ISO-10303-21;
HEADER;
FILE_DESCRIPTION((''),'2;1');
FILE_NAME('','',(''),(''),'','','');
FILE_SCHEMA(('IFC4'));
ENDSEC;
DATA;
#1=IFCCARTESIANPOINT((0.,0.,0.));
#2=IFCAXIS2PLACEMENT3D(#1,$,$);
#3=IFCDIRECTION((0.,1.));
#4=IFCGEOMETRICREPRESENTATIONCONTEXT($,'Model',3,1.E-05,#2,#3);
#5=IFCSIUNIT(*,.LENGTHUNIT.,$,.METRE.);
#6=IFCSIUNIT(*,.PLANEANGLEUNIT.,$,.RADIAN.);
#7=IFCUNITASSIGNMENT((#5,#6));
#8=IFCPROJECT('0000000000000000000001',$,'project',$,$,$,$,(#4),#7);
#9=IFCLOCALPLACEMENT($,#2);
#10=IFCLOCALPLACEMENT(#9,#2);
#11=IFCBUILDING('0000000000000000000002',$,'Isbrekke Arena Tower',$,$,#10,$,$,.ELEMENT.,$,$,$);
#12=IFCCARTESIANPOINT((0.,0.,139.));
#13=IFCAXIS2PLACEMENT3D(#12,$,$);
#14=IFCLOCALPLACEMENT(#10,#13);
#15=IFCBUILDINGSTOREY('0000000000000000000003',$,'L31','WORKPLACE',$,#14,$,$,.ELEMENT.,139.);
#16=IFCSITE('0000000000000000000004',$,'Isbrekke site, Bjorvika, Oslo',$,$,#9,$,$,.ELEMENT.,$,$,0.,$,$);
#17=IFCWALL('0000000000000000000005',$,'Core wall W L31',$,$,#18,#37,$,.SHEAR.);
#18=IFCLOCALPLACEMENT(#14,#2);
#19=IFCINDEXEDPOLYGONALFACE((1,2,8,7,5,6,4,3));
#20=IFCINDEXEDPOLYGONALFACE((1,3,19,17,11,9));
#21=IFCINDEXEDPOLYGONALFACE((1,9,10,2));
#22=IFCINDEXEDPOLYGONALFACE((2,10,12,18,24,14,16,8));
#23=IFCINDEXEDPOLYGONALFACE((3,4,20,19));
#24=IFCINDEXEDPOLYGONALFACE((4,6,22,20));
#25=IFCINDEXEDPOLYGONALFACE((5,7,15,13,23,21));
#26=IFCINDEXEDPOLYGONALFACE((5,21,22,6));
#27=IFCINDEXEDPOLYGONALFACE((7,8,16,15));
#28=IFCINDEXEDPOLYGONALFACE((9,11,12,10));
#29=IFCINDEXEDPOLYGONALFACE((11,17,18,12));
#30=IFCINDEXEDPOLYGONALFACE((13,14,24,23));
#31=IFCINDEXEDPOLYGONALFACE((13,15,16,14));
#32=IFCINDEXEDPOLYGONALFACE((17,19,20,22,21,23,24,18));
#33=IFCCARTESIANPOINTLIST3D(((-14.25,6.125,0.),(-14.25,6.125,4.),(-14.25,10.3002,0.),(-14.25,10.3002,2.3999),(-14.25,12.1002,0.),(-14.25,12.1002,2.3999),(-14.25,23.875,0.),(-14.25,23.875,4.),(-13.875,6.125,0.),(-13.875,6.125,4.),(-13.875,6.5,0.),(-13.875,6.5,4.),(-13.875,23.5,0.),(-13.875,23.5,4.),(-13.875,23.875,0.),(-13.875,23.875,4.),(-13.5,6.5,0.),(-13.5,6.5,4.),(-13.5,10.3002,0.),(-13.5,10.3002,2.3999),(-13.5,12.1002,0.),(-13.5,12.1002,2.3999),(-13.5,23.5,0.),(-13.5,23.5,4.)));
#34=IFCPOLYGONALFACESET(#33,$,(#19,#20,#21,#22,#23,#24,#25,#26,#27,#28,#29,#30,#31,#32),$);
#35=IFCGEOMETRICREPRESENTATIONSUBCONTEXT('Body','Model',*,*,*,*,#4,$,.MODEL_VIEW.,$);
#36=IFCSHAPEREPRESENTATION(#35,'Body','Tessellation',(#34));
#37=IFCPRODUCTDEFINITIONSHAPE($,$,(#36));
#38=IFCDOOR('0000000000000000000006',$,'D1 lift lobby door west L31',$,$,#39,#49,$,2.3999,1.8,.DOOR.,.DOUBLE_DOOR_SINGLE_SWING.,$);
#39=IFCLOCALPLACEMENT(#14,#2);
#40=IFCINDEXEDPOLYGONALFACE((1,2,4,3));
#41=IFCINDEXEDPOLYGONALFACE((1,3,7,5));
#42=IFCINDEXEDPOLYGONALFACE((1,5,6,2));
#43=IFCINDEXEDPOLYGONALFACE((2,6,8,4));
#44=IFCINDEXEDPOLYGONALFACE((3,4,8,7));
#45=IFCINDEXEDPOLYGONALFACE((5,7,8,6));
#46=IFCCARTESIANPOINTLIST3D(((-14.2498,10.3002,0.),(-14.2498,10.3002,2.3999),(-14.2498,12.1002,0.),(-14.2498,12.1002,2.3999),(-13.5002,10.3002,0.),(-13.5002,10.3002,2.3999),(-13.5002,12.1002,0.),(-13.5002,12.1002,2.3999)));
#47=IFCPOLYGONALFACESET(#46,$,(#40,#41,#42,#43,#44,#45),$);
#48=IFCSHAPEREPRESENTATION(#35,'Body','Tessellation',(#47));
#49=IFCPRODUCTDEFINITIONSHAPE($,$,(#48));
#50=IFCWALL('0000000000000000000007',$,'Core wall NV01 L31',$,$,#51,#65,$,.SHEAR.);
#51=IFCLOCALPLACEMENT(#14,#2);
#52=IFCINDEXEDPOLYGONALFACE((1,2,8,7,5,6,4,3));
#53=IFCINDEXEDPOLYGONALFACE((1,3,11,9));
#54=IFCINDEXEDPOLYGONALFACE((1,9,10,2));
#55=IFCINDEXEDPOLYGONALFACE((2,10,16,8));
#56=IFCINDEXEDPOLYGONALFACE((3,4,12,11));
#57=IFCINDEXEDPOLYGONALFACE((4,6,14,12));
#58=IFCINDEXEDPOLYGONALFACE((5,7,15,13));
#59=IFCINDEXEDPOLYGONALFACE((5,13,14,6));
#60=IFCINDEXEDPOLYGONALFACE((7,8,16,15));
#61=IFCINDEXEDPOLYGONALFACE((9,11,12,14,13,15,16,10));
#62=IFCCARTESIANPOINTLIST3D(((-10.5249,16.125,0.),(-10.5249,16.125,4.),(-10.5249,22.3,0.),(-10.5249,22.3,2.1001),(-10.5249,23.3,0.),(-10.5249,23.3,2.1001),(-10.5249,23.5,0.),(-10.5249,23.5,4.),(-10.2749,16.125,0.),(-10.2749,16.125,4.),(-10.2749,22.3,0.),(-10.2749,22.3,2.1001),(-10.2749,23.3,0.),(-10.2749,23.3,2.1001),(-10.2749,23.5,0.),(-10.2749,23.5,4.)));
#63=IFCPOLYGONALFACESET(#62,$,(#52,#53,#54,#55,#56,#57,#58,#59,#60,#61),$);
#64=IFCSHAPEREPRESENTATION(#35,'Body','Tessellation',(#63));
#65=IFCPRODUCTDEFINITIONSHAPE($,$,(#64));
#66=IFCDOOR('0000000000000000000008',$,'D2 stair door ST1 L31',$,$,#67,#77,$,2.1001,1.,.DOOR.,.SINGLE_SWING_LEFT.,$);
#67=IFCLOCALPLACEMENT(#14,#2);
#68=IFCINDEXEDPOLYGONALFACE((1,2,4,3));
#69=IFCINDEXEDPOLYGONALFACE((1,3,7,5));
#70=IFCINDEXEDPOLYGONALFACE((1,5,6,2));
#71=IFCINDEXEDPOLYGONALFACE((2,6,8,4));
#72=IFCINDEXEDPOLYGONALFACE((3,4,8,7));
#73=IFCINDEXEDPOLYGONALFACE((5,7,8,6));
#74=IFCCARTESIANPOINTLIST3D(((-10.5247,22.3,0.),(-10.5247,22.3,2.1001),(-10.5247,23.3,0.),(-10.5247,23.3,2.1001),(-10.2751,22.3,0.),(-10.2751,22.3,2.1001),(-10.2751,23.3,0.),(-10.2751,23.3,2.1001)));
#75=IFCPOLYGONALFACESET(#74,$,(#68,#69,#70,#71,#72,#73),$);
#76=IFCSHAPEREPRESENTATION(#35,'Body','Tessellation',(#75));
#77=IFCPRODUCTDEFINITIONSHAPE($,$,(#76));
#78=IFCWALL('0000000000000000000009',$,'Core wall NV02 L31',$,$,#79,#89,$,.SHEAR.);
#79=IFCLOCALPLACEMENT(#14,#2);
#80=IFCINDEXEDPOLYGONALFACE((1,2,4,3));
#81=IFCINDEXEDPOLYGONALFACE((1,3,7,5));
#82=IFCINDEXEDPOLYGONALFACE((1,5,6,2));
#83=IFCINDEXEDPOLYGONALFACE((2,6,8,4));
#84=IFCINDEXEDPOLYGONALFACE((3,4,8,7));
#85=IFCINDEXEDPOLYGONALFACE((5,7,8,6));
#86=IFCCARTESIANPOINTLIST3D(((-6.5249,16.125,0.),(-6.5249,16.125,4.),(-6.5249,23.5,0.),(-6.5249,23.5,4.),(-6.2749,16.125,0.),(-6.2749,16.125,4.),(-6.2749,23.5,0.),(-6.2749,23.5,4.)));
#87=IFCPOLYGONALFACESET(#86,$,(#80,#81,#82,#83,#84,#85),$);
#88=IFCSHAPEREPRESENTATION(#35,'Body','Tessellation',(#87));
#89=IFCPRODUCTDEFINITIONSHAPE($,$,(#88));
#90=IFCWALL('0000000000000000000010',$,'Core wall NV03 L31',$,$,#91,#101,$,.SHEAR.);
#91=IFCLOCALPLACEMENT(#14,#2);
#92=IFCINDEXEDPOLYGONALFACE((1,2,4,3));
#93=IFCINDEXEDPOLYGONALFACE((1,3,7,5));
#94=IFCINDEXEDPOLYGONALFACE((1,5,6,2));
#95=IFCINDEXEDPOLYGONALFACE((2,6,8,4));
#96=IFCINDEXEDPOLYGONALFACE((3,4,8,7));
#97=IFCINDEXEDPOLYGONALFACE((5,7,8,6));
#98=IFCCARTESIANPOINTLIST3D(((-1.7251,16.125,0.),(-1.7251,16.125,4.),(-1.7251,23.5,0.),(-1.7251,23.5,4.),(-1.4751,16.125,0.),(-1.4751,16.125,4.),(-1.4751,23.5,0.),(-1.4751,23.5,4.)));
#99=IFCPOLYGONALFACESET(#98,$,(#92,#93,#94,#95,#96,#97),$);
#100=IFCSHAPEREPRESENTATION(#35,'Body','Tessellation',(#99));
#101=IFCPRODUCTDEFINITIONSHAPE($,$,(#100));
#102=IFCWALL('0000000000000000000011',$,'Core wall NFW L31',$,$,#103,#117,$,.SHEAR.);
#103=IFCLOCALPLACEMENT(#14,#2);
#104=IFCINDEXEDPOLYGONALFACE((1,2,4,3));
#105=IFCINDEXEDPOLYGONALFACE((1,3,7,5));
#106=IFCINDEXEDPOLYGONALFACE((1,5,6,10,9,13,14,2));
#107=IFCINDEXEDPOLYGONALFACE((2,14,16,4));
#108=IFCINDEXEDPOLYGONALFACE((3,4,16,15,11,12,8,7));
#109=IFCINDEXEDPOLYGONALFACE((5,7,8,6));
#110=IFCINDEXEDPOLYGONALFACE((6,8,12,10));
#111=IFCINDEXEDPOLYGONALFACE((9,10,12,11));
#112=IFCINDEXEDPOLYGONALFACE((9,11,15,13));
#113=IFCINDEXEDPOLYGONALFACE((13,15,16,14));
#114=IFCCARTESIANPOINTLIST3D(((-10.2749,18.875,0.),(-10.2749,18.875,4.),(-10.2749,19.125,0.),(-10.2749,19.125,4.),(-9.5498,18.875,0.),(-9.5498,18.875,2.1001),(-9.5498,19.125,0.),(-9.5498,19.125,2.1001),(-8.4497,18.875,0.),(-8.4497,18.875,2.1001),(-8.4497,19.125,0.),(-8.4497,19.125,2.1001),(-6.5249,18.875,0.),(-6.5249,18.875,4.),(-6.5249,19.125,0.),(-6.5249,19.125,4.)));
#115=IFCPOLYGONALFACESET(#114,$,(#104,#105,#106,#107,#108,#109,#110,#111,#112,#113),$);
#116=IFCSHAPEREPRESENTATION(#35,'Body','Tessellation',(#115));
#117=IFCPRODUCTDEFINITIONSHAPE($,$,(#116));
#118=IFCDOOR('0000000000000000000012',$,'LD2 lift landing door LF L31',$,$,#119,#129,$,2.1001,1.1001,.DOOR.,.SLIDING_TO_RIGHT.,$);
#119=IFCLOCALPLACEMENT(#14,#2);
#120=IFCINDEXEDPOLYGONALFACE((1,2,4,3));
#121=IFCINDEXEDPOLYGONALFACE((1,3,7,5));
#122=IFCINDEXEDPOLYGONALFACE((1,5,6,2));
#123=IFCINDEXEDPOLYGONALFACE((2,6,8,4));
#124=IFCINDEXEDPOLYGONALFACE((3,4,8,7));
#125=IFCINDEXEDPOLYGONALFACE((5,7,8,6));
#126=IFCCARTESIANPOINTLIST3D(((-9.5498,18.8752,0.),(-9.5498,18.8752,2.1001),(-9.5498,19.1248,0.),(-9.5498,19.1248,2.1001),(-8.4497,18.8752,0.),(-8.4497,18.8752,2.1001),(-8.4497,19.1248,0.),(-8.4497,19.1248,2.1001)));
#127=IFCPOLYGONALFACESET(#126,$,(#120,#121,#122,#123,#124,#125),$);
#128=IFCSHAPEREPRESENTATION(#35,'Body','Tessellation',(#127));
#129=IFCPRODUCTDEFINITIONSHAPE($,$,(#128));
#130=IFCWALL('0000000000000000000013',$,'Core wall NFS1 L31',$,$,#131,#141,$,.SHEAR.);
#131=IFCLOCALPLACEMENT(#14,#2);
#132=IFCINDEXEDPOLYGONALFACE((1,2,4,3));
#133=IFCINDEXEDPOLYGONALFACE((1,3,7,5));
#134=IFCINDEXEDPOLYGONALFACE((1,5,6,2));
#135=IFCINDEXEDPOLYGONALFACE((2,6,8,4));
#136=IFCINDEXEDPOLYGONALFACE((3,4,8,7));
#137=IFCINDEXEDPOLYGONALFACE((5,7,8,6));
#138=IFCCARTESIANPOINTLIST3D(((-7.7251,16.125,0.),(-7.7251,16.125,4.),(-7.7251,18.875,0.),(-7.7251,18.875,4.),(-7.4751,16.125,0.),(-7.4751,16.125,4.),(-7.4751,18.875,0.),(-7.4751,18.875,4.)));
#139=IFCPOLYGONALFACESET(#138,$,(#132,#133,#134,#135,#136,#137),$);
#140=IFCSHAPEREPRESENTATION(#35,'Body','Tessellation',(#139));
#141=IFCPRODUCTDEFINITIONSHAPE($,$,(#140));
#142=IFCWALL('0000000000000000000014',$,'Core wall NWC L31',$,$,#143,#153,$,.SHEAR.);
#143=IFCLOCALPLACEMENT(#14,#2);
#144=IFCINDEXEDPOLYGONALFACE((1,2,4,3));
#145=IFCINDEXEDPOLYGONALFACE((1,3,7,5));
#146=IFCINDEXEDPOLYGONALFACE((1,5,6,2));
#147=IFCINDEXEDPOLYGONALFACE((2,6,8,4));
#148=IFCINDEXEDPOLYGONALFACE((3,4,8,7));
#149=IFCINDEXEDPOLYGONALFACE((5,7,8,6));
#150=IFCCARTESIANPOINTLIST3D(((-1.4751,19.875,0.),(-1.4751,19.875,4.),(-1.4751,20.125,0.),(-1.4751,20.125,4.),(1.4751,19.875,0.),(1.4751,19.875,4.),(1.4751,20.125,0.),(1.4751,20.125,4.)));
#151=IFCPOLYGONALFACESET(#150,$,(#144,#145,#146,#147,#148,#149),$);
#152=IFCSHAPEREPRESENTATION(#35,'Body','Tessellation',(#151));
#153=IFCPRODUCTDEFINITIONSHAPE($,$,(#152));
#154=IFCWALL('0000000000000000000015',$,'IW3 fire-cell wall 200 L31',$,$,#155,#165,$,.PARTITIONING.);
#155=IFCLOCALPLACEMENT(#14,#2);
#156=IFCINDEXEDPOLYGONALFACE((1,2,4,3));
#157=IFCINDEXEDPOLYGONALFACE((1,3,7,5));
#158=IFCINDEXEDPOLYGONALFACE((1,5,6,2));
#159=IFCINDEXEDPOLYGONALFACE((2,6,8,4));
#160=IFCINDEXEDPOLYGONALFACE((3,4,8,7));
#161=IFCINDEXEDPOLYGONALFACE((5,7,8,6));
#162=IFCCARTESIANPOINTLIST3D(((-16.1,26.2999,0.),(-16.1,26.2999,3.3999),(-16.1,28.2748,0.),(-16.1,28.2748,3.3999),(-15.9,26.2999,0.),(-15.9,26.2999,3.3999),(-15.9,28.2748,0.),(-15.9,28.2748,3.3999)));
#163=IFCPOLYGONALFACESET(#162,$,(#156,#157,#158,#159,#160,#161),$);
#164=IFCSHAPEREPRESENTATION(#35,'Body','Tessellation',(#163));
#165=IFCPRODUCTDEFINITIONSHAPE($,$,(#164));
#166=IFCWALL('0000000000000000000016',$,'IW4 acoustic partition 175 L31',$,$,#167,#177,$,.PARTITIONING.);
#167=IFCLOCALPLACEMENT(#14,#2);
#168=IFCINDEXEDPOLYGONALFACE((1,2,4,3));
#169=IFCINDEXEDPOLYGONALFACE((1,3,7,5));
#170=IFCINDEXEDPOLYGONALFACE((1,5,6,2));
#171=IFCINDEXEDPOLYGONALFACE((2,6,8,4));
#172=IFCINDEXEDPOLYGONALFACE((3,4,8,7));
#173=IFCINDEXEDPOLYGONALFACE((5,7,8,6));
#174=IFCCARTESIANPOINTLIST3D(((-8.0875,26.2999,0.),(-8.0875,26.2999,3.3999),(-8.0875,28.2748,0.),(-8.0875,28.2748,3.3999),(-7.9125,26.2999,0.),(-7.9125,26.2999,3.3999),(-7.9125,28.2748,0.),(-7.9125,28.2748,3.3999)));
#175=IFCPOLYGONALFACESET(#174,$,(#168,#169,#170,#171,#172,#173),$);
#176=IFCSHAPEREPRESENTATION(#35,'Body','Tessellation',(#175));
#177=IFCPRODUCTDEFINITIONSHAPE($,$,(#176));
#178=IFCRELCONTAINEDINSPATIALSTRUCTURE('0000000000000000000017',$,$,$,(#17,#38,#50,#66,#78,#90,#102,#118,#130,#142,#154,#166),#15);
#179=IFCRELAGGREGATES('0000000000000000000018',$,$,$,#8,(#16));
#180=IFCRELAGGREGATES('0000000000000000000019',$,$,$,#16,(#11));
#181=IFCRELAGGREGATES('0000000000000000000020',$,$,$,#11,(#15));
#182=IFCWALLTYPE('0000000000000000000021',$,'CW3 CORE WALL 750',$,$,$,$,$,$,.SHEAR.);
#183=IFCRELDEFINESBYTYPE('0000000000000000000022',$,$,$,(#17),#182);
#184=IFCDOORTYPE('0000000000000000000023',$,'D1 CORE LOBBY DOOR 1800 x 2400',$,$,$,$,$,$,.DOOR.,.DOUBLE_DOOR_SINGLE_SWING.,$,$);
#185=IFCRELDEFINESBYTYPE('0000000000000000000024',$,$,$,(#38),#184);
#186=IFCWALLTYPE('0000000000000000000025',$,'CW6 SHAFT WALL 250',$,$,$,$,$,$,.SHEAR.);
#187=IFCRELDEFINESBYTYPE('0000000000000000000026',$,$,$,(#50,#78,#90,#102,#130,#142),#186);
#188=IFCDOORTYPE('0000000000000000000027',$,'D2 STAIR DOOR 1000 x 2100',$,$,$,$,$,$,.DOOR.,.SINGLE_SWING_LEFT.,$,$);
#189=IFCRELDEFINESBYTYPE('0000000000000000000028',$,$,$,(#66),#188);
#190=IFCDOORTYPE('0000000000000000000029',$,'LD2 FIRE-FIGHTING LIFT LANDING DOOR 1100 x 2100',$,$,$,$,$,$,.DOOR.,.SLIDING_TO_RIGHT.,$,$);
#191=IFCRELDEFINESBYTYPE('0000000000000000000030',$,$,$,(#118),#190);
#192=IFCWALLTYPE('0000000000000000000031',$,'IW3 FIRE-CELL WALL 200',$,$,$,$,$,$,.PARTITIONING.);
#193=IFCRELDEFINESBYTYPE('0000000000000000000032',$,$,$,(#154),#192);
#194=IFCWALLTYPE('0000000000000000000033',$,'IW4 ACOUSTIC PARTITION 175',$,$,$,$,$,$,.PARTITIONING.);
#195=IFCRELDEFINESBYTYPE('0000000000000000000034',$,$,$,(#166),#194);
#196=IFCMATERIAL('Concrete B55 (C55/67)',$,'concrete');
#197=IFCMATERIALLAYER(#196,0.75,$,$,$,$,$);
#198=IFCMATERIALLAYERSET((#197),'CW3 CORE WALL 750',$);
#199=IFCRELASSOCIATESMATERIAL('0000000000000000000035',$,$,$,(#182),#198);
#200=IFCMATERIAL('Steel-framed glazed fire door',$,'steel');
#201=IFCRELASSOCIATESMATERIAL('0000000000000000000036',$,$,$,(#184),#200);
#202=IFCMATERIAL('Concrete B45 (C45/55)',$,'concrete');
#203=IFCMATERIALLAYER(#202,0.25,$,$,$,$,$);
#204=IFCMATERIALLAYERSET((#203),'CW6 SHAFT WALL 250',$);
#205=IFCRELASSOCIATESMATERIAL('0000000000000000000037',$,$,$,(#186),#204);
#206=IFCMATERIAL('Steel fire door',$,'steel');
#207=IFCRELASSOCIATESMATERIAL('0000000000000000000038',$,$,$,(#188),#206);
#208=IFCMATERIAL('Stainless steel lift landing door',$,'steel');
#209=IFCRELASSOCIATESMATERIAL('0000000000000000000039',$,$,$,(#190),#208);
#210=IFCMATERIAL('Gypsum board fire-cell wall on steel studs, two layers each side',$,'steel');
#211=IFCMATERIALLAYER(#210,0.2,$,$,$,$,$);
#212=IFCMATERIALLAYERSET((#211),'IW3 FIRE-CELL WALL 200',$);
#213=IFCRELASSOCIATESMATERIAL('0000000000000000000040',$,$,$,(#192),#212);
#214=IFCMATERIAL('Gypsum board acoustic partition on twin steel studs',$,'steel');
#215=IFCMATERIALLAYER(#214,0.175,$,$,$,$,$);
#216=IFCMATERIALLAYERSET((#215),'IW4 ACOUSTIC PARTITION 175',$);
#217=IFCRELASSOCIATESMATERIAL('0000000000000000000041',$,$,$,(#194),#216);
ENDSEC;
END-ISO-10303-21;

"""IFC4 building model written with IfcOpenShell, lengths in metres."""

from ifc_helpers import new_model, si_unit, direction, frame, frame_2d, origin, place, context, subcontext, project, spatial, polyline, rectangle, outline, extrude, material, layer, layer_set, type_object, element, fill, save


model = new_model("IFC4")

# Units and contexts
model_context = context("Model", 3, precision=1e-05, world=origin(), true_north=direction((0.0, 1.0)))
body_context = subcontext(model_context, "Body", "Model", "MODEL_VIEW")
ifc_project = project(units=[si_unit("LENGTHUNIT", "METRE"), si_unit("PLANEANGLEUNIT", "RADIAN")], contexts=[model_context])

# Site, building, storey
site_placement = place(None, origin())
site = spatial("IfcSite", under=ifc_project, at=site_placement, Name="Isbrekke site, Bjorvika, Oslo", CompositionType="ELEMENT", RefElevation=0.0)
building_placement = place(site_placement, origin())
building = spatial("IfcBuilding", under=site, at=building_placement, Name="Isbrekke Arena Tower", CompositionType="ELEMENT")
storey_placement = place(building_placement, frame((0.0, 0.0, 139.0)))
storey = spatial("IfcBuildingStorey", under=building, at=storey_placement, Name="L31", Description="WORKPLACE", CompositionType="ELEMENT", Elevation=139.0)

# Walls, openings, doors
ifc_material_1 = material(Name="Concrete B55 (C55/67)", Category="concrete")
ifc_layer_1 = layer(ifc_material_1, 0.75)
ifc_layer_set_1 = layer_set([ifc_layer_1], Name="CW3 CORE WALL 750")
wall_type_1 = type_object("IfcWallType", Name="CW3 CORE WALL 750", PredefinedType="SHEAR", material=ifc_layer_set_1)
wall_1_placement = place(storey_placement, frame((-13.875, 23.875, 0.0), z_axis=(0.0, 0.0, 1.0), x_axis=(0.0, -1.0, 0.0)))
wall_1 = element("IfcWall", 1, at=wall_1_placement, inside=storey, type_object=wall_type_1, Name="Core wall W L31", PredefinedType="SHEAR", context=body_context, shape_type="SweptSolid", body=[
    extrude(outline(polyline([(0.0, -0.375), (17.75, -0.375), (17.75, 0.0), (17.375, 0.0), (17.375, 0.375), (0.375, 0.375), (0.375, 0.0), (0.0, 0.0), (0.0, -0.375)])), origin(), (0.0, 0.0, 1.0), 4.0),
])
opening_1_placement = place(wall_1_placement, frame((11.7749, 0.0, 0.0)))
opening_1 = element("IfcOpeningElement", 2, at=opening_1_placement, cuts=wall_1, PredefinedType="OPENING", context=body_context, shape_type="SweptSolid", body=[
    extrude(rectangle(XDim=1.8, YDim=2.3999, at=frame_2d((0.8999, 1.2))), frame((0.0, 0.3899, 0.0), z_axis=(0.0, -1.0, 0.0), x_axis=(1.0, 0.0, 0.0)), (0.0, 0.0, 1.0), 0.7798),
])
ifc_material_2 = material(Name="Steel-framed glazed fire door", Category="steel")
door_type_1 = type_object("IfcDoorType", Name="D1 CORE LOBBY DOOR 1800 x 2400", OperationType="DOUBLE_DOOR_SINGLE_SWING", PredefinedType="DOOR", material=ifc_material_2)
door_1_placement = place(opening_1_placement, origin())
door_1 = element("IfcDoor", 3, at=door_1_placement, inside=storey, type_object=door_type_1, Name="D1 lift lobby door west L31", OperationType="DOUBLE_DOOR_SINGLE_SWING", OverallHeight=2.3999, OverallWidth=1.8, PredefinedType="DOOR", context=body_context, shape_type="SweptSolid", body=[
    extrude(rectangle(XDim=1.8, YDim=2.3999, at=frame_2d((0.8999, 1.2))), frame((0.0, 0.3748, 0.0), z_axis=(0.0, -1.0, 0.0), x_axis=(1.0, 0.0, 0.0)), (0.0, 0.0, 1.0), 0.7495),
])
fill(opening_1, door_1)
ifc_material_3 = material(Name="Concrete B45 (C45/55)", Category="concrete")
ifc_layer_2 = layer(ifc_material_3, 0.25)
ifc_layer_set_2 = layer_set([ifc_layer_2], Name="CW6 SHAFT WALL 250")
wall_type_2 = type_object("IfcWallType", Name="CW6 SHAFT WALL 250", PredefinedType="SHEAR", material=ifc_layer_set_2)
wall_2_placement = place(storey_placement, frame((-10.3999, 16.125, 0.0), z_axis=(0.0, 0.0, 1.0), x_axis=(0.0, 1.0, 0.0)))
wall_2 = element("IfcWall", 4, at=wall_2_placement, inside=storey, type_object=wall_type_2, Name="Core wall NV01 L31", PredefinedType="SHEAR", context=body_context, shape_type="SweptSolid", body=[
    extrude(rectangle(XDim=7.375, YDim=0.25, at=frame_2d((3.6875, 0.0))), origin(), (0.0, 0.0, 1.0), 4.0),
])
opening_2_placement = place(wall_2_placement, frame((6.175, 0.0, 0.0)))
opening_2 = element("IfcOpeningElement", 5, at=opening_2_placement, cuts=wall_2, PredefinedType="OPENING", context=body_context, shape_type="SweptSolid", body=[
    extrude(rectangle(XDim=1.0, YDim=2.1001, at=frame_2d((0.5, 1.05))), frame((0.0, 0.1399, 0.0), z_axis=(0.0, -1.0, 0.0), x_axis=(1.0, 0.0, 0.0)), (0.0, 0.0, 1.0), 0.2798),
])
ifc_material_4 = material(Name="Steel fire door", Category="steel")
door_type_2 = type_object("IfcDoorType", Name="D2 STAIR DOOR 1000 x 2100", OperationType="SINGLE_SWING_LEFT", PredefinedType="DOOR", material=ifc_material_4)
door_2_placement = place(opening_2_placement, origin())
door_2 = element("IfcDoor", 6, at=door_2_placement, inside=storey, type_object=door_type_2, Name="D2 stair door ST1 L31", OperationType="SINGLE_SWING_LEFT", OverallHeight=2.1001, OverallWidth=1.0, PredefinedType="DOOR", context=body_context, shape_type="SweptSolid", body=[
    extrude(rectangle(XDim=1.0, YDim=2.1001, at=frame_2d((0.5, 1.05))), frame((0.0, 0.1248, 0.0), z_axis=(0.0, -1.0, 0.0), x_axis=(1.0, 0.0, 0.0)), (0.0, 0.0, 1.0), 0.2495),
])
fill(opening_2, door_2)

# Walls
for number, where, z_axis, x_axis, name in (
    (7, (-6.3999, 16.125, 0.0), (0.0, 0.0, 1.0), (0.0, 1.0, 0.0), "Core wall NV02 L31"),
    (8, (-1.6001, 16.125, 0.0), (0.0, 0.0, 1.0), (0.0, 1.0, 0.0), "Core wall NV03 L31"),
):
    element("IfcWall", number, at=place(storey_placement, frame(where, z_axis=z_axis, x_axis=x_axis)), inside=storey, type_object=wall_type_2, Name=name, PredefinedType="SHEAR", context=body_context, shape_type="SweptSolid", body=[
        extrude(rectangle(XDim=7.375, YDim=0.25, at=frame_2d((3.6875, 0.0))), origin(), (0.0, 0.0, 1.0), 4.0),
    ])

# Wall, opening, door
wall_3_placement = place(storey_placement, frame((-10.2749, 19.0, 0.0), z_axis=(0.0, 0.0, 1.0), x_axis=(1.0, 0.0, 0.0)))
wall_3 = element("IfcWall", 9, at=wall_3_placement, inside=storey, type_object=wall_type_2, Name="Core wall NFW L31", PredefinedType="SHEAR", context=body_context, shape_type="SweptSolid", body=[
    extrude(rectangle(XDim=3.75, YDim=0.25, at=frame_2d((1.875, 0.0))), origin(), (0.0, 0.0, 1.0), 4.0),
])
opening_3_placement = place(wall_3_placement, frame((0.7251, 0.0, 0.0)))
opening_3 = element("IfcOpeningElement", 10, at=opening_3_placement, cuts=wall_3, PredefinedType="OPENING", context=body_context, shape_type="SweptSolid", body=[
    extrude(rectangle(XDim=1.1001, YDim=2.1001, at=frame_2d((0.55, 1.05))), frame((0.0, 0.1399, 0.0), z_axis=(0.0, -1.0, 0.0), x_axis=(1.0, 0.0, 0.0)), (0.0, 0.0, 1.0), 0.2798),
])
ifc_material_5 = material(Name="Stainless steel lift landing door", Category="steel")
door_type_3 = type_object("IfcDoorType", Name="LD2 FIRE-FIGHTING LIFT LANDING DOOR 1100 x 2100", OperationType="SLIDING_TO_RIGHT", PredefinedType="DOOR", material=ifc_material_5)
door_3_placement = place(opening_3_placement, origin())
door_3 = element("IfcDoor", 11, at=door_3_placement, inside=storey, type_object=door_type_3, Name="LD2 lift landing door LF L31", OperationType="SLIDING_TO_RIGHT", OverallHeight=2.1001, OverallWidth=1.1001, PredefinedType="DOOR", context=body_context, shape_type="SweptSolid", body=[
    extrude(rectangle(XDim=1.1001, YDim=2.1001, at=frame_2d((0.55, 1.05))), frame((0.0, 0.1248, 0.0), z_axis=(0.0, -1.0, 0.0), x_axis=(1.0, 0.0, 0.0)), (0.0, 0.0, 1.0), 0.2495),
])
fill(opening_3, door_3)

# Walls
wall_4_placement = place(storey_placement, frame((-7.6001, 16.125, 0.0), z_axis=(0.0, 0.0, 1.0), x_axis=(0.0, 1.0, 0.0)))
element("IfcWall", 12, at=wall_4_placement, inside=storey, type_object=wall_type_2, Name="Core wall NFS1 L31", PredefinedType="SHEAR", context=body_context, shape_type="SweptSolid", body=[
    extrude(rectangle(XDim=2.75, YDim=0.25, at=frame_2d((1.375, 0.0))), origin(), (0.0, 0.0, 1.0), 4.0),
])
wall_5_placement = place(storey_placement, frame((-1.4751, 20.0, 0.0), z_axis=(0.0, 0.0, 1.0), x_axis=(1.0, 0.0, 0.0)))
element("IfcWall", 13, at=wall_5_placement, inside=storey, type_object=wall_type_2, Name="Core wall NWC L31", PredefinedType="SHEAR", context=body_context, shape_type="SweptSolid", body=[
    extrude(rectangle(XDim=2.9502, YDim=0.25, at=frame_2d((1.4751, 0.0))), origin(), (0.0, 0.0, 1.0), 4.0),
])
ifc_material_6 = material(Name="Gypsum board fire-cell wall on steel studs, two layers each side", Category="steel")
ifc_layer_3 = layer(ifc_material_6, 0.2)
ifc_layer_set_3 = layer_set([ifc_layer_3], Name="IW3 FIRE-CELL WALL 200")
wall_type_3 = type_object("IfcWallType", Name="IW3 FIRE-CELL WALL 200", PredefinedType="PARTITIONING", material=ifc_layer_set_3)
wall_6_placement = place(storey_placement, frame((-16.0, 26.3, 0.0), z_axis=(0.0, 0.0, 1.0), x_axis=(0.0, 1.0, 0.0)))
element("IfcWall", 14, at=wall_6_placement, inside=storey, type_object=wall_type_3, Name="IW3 fire-cell wall 200 L31", PredefinedType="PARTITIONING", context=body_context, shape_type="SweptSolid", body=[
    extrude(rectangle(XDim=1.9749, YDim=0.2, at=frame_2d((0.9873, 0.0))), origin(), (0.0, 0.0, 1.0), 3.3999),
])
ifc_material_7 = material(Name="Gypsum board acoustic partition on twin steel studs", Category="steel")
ifc_layer_4 = layer(ifc_material_7, 0.175)
ifc_layer_set_4 = layer_set([ifc_layer_4], Name="IW4 ACOUSTIC PARTITION 175")
wall_type_4 = type_object("IfcWallType", Name="IW4 ACOUSTIC PARTITION 175", PredefinedType="PARTITIONING", material=ifc_layer_set_4)
wall_7_placement = place(storey_placement, frame((-8.0, 26.3, 0.0), z_axis=(0.0, 0.0, 1.0), x_axis=(0.0, 1.0, 0.0)))
element("IfcWall", 15, at=wall_7_placement, inside=storey, type_object=wall_type_4, Name="IW4 acoustic partition 175 L31", PredefinedType="PARTITIONING", context=body_context, shape_type="SweptSolid", body=[
    extrude(rectangle(XDim=1.9749, YDim=0.175, at=frame_2d((0.9873, 0.0))), origin(), (0.0, 0.0, 1.0), 3.3999),
])

save(model, "model.ifc")
